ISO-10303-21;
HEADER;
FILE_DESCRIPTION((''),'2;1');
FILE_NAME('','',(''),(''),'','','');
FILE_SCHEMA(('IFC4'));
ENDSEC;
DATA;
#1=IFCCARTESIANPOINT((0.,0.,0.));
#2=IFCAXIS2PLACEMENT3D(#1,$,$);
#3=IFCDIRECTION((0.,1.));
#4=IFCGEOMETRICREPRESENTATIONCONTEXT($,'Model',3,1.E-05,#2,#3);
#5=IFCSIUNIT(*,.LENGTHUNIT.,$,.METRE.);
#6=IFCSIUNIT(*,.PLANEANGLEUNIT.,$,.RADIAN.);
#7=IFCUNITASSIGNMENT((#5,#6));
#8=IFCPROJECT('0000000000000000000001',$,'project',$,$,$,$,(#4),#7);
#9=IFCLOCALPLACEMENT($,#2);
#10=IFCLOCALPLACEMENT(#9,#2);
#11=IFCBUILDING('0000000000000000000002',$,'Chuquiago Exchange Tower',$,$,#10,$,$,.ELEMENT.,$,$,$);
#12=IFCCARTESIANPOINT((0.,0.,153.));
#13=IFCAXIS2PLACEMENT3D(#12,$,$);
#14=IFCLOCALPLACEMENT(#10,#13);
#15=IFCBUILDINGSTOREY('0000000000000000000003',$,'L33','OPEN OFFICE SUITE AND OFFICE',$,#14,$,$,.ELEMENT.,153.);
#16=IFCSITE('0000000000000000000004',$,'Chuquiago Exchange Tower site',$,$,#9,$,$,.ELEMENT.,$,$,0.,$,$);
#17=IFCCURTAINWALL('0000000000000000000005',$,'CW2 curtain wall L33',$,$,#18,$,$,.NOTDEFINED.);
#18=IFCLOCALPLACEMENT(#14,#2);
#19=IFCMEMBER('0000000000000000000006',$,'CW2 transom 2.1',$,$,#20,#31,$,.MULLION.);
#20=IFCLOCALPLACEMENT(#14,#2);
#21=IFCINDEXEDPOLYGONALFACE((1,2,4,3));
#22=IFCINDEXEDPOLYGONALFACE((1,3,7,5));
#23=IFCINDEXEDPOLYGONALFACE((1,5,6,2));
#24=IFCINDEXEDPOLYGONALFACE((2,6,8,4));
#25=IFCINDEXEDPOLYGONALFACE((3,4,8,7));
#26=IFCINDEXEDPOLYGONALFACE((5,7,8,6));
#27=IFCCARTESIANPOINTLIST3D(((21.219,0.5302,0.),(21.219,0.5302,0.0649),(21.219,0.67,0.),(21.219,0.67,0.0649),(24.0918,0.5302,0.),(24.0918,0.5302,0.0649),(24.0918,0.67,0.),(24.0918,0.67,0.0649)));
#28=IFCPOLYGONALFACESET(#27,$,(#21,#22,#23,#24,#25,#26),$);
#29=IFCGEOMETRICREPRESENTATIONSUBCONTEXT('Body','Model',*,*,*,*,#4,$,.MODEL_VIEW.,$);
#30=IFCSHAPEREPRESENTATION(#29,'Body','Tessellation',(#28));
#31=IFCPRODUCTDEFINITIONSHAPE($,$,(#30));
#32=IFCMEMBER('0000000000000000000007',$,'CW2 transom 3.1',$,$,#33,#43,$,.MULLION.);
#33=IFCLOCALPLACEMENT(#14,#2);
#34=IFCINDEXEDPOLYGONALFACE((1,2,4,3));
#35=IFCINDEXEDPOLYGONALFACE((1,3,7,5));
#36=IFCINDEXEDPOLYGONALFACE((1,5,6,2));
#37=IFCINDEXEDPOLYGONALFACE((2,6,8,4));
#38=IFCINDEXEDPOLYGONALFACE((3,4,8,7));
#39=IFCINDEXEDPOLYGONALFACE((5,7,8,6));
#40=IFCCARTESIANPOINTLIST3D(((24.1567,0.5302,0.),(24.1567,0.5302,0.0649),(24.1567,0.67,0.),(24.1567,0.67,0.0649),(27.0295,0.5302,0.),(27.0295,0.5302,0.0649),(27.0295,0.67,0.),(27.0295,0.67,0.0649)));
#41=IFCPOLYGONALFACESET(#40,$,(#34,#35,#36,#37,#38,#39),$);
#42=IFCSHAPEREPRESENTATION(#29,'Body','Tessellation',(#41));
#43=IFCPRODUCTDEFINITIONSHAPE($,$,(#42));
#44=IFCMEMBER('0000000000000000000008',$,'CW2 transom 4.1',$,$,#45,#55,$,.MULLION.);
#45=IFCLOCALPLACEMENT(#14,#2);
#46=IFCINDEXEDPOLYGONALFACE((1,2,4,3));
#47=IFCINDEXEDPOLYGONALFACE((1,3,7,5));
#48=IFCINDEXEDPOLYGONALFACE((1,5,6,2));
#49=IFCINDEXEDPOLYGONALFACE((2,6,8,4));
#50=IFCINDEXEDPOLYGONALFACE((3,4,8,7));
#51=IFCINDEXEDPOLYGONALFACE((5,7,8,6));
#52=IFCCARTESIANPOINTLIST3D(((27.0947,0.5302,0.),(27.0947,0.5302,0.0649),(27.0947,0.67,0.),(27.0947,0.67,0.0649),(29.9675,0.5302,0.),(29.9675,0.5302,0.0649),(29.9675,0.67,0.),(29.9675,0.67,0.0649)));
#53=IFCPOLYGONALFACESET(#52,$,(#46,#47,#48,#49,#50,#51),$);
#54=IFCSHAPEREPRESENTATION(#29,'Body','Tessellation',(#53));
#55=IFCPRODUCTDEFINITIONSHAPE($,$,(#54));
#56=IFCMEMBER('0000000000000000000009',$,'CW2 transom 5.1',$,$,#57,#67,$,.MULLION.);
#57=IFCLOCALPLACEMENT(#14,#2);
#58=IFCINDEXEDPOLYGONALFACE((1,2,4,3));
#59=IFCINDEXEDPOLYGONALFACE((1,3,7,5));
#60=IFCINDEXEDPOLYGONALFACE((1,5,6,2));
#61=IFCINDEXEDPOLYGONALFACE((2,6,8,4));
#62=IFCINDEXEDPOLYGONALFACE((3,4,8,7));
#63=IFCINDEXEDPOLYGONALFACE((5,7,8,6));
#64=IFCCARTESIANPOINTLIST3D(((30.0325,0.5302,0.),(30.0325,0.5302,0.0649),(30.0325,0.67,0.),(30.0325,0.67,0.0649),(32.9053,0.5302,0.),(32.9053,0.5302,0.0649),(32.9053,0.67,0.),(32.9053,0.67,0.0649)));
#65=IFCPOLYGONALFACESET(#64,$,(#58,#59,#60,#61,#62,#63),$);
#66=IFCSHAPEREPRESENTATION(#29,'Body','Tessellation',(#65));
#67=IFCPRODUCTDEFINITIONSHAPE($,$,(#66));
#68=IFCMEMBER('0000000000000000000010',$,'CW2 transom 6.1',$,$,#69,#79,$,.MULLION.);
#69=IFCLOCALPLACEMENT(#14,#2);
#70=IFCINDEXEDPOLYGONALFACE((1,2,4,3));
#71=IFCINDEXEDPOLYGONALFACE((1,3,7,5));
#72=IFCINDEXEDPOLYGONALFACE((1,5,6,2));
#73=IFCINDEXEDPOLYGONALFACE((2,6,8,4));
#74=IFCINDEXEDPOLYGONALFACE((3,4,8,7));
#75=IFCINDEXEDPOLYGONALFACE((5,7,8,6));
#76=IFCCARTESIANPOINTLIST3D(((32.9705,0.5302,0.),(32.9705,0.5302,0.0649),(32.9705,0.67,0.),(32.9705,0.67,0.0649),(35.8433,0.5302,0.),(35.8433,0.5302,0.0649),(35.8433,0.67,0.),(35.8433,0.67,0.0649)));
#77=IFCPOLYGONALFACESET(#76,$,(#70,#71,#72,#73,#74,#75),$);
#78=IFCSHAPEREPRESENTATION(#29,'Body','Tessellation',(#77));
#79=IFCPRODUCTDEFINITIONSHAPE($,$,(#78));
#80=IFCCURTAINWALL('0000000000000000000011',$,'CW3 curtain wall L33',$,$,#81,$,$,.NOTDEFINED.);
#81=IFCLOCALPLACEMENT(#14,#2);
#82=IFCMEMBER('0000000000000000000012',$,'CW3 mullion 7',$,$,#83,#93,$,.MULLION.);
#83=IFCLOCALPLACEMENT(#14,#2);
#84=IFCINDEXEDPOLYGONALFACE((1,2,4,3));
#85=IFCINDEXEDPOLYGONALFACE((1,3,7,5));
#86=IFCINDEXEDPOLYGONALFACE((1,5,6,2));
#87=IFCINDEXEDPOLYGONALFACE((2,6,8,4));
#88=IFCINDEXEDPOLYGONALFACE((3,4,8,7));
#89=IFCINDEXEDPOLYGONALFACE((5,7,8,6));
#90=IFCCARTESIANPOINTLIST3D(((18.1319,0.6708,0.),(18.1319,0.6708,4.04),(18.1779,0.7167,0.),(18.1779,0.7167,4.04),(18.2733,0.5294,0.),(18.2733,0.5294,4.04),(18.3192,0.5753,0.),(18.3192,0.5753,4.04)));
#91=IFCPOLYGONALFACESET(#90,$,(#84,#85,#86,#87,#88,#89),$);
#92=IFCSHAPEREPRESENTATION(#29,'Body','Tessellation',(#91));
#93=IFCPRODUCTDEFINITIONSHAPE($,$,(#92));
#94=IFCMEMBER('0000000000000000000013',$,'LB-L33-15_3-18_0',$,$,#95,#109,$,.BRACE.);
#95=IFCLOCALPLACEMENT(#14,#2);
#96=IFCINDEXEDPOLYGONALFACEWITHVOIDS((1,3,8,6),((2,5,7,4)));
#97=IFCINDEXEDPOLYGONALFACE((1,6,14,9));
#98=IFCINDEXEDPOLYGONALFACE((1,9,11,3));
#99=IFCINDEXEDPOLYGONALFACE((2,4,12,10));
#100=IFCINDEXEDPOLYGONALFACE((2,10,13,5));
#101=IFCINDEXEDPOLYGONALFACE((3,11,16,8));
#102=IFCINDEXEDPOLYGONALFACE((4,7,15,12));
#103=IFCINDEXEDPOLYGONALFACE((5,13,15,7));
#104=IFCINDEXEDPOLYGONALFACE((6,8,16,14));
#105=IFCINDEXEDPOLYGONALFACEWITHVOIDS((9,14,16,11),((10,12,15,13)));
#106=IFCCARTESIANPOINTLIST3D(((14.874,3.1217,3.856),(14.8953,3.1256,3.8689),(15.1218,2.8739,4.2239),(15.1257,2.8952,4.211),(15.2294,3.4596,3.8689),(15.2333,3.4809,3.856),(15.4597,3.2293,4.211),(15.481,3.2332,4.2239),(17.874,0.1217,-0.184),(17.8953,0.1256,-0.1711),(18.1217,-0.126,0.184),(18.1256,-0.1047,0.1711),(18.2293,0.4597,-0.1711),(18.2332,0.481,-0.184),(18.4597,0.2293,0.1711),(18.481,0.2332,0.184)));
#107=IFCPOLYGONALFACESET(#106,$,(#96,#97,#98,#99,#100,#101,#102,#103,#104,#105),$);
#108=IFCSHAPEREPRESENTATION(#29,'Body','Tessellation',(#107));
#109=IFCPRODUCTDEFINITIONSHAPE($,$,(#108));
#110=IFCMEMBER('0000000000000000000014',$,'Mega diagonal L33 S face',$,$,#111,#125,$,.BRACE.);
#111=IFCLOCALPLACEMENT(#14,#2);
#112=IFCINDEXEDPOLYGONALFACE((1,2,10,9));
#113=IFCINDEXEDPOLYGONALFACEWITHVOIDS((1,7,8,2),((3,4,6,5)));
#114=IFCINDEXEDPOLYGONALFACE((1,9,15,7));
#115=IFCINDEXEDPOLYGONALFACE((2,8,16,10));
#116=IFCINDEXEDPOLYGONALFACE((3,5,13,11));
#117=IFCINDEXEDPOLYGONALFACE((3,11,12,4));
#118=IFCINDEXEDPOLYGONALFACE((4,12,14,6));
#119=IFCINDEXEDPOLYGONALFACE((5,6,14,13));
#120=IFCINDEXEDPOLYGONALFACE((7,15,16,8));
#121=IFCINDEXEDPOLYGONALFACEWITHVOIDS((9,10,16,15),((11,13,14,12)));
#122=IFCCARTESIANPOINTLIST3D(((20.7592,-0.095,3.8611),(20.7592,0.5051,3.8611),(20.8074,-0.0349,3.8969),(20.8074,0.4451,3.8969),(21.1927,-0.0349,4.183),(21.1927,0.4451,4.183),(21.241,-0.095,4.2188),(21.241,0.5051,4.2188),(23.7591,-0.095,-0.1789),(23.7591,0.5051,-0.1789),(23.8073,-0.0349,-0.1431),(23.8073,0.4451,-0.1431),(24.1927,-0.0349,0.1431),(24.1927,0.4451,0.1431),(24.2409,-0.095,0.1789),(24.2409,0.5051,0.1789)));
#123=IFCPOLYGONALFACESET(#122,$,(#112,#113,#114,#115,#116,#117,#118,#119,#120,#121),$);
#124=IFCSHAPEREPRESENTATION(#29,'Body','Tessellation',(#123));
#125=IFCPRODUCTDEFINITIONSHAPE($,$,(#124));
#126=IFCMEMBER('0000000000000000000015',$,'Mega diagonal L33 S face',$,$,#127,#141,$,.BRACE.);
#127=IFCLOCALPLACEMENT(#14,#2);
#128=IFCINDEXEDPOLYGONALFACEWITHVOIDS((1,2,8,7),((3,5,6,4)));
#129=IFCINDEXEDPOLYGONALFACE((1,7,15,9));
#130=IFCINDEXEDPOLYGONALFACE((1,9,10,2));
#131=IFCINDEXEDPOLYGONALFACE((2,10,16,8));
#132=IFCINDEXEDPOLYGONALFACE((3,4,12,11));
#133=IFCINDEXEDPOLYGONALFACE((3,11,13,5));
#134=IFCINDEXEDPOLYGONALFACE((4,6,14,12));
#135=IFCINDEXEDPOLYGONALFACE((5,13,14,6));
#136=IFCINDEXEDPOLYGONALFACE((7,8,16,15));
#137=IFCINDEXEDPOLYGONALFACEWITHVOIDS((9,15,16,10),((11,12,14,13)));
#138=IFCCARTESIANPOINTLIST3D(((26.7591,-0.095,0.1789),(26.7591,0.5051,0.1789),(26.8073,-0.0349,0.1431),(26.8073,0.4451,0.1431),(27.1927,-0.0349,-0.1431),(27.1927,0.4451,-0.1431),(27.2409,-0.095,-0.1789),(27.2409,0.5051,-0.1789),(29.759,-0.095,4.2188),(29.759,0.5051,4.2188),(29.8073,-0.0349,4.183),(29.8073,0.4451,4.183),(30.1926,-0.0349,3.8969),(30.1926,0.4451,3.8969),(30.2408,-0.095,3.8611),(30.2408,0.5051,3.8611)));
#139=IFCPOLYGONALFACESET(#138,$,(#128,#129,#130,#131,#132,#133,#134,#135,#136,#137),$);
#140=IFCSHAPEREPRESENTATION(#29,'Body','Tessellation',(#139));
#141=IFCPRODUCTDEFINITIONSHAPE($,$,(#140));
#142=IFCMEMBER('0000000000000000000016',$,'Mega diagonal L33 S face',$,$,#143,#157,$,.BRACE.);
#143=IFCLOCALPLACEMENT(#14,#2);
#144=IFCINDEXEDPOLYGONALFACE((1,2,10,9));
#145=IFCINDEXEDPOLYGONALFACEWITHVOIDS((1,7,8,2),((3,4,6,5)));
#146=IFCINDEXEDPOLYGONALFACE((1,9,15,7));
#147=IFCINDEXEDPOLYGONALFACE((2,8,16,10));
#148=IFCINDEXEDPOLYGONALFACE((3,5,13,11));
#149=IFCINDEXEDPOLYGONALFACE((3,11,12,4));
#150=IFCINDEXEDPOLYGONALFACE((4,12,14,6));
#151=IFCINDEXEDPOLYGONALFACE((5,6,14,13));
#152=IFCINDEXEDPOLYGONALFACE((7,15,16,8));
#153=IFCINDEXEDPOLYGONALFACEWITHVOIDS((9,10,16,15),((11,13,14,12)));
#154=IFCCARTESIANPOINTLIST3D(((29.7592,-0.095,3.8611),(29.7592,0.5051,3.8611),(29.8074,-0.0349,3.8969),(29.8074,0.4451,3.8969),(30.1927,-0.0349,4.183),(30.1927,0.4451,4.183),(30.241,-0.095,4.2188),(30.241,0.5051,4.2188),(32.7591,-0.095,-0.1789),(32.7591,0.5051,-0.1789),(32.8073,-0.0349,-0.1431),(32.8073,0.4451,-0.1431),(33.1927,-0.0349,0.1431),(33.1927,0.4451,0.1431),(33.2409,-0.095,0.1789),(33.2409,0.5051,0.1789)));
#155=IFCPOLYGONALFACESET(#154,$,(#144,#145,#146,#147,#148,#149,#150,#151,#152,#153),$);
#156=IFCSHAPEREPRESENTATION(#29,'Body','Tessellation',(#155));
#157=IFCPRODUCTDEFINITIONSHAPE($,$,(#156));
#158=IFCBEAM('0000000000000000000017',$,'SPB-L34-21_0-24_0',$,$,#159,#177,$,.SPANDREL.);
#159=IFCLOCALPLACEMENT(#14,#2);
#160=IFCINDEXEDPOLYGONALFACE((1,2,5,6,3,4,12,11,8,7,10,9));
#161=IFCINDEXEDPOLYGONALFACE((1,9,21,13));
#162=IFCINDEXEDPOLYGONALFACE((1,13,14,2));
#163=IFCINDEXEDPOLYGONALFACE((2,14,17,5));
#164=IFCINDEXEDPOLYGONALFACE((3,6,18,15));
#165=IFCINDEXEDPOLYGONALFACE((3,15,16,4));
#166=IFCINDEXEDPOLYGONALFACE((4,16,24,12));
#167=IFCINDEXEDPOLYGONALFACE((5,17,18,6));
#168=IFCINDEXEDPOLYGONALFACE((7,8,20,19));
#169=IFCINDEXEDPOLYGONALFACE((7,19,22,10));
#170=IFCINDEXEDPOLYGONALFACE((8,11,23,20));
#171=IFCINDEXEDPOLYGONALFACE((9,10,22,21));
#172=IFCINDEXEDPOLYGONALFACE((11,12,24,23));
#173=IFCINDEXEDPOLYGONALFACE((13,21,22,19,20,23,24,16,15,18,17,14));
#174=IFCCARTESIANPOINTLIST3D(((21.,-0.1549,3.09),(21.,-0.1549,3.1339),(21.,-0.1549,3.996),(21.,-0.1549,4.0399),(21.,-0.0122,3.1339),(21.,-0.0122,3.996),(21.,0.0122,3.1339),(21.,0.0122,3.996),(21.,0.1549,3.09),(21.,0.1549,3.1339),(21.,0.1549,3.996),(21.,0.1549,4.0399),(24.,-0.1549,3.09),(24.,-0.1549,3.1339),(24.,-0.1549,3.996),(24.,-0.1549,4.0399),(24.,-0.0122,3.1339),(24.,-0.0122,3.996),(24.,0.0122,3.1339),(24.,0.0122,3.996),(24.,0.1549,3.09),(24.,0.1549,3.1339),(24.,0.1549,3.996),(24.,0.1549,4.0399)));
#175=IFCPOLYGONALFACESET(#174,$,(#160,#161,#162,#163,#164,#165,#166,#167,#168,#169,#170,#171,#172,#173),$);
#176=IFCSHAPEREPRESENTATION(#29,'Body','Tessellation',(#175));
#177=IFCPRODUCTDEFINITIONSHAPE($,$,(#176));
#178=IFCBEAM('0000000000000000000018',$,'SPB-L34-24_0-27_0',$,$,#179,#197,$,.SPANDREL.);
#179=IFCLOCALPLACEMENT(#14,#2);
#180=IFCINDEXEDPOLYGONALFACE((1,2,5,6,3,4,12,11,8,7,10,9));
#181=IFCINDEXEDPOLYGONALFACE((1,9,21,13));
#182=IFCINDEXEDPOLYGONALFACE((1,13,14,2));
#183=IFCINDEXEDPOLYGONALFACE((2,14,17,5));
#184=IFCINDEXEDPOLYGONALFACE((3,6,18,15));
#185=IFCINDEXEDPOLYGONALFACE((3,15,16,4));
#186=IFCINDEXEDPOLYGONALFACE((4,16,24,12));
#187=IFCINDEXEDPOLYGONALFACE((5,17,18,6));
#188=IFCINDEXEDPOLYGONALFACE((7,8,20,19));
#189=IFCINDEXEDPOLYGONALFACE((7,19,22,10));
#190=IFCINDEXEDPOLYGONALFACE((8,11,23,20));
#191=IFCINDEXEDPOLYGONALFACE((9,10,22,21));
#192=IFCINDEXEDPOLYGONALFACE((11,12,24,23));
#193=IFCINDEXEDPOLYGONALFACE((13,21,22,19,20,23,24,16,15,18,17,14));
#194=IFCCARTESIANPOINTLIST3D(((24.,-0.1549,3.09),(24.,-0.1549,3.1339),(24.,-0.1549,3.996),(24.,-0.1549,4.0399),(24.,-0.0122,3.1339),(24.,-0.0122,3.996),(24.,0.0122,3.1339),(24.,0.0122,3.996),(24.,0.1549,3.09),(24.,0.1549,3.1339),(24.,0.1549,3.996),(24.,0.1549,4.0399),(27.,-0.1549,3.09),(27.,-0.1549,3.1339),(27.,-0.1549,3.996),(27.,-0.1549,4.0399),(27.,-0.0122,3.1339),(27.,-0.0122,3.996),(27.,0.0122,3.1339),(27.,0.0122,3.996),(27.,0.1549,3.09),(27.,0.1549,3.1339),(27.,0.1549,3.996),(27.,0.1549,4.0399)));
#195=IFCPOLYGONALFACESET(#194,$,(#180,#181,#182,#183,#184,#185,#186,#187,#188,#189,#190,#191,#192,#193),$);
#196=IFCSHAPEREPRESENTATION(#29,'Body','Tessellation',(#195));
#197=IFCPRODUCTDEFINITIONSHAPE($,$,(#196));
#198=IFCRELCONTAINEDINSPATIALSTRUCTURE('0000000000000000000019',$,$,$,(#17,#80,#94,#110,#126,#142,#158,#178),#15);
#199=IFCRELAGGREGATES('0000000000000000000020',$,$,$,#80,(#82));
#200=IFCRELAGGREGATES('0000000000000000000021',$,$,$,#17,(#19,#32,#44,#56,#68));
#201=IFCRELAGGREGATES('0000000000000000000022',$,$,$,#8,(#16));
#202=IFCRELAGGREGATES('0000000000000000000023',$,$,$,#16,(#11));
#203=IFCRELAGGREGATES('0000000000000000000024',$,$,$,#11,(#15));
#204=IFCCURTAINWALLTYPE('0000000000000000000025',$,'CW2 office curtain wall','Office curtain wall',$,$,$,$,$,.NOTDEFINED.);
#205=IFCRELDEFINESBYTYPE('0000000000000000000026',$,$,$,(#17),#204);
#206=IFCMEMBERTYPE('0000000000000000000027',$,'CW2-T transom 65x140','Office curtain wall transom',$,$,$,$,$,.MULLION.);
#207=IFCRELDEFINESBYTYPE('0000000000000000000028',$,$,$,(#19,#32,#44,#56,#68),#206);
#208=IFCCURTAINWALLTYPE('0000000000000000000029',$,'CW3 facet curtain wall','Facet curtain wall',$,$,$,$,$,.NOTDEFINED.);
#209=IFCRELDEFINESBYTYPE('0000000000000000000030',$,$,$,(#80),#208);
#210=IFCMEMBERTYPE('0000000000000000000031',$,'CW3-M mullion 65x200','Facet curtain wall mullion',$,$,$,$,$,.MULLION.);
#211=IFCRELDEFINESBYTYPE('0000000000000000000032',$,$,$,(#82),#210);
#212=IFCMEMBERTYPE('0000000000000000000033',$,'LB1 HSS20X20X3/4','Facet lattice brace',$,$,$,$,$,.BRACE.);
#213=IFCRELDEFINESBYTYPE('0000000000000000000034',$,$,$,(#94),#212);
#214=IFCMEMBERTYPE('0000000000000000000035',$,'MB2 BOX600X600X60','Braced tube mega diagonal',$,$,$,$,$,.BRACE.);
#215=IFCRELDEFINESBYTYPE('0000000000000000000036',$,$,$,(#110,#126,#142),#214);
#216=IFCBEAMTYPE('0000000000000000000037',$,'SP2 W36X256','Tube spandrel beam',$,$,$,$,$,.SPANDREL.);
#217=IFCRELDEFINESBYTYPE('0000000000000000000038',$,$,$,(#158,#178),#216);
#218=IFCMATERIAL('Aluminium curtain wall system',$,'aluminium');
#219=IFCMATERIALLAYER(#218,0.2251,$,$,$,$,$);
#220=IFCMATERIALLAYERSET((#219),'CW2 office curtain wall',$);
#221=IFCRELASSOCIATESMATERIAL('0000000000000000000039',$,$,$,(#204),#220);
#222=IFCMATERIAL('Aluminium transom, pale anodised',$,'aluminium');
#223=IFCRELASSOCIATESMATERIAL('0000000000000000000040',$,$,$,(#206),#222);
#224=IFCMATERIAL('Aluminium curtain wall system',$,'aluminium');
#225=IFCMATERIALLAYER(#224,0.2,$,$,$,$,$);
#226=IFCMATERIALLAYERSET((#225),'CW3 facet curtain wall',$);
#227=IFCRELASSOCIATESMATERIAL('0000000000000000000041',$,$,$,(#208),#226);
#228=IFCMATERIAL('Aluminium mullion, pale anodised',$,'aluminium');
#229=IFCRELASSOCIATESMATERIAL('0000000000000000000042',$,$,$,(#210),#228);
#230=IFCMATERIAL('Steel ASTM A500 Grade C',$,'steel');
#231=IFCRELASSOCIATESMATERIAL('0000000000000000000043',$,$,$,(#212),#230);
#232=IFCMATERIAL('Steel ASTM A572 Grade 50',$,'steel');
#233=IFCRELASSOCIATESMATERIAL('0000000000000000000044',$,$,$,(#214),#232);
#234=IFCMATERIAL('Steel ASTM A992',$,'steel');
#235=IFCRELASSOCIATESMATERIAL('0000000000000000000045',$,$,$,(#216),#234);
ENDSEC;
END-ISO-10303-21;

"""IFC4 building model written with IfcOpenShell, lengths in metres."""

from ifc_helpers import new_model, si_unit, direction, frame, origin, origin_2d, place, context, subcontext, project, spatial, rectangle, hollow_rectangle, i_section, extrude, material, layer, layer_set, material_profile, profile_set, type_object, element, aggregate, save


model = new_model("IFC4")

# Units and contexts
model_context = context("Model", 3, precision=1e-05, world=origin(), true_north=direction((0.0, 1.0)))
body_context = subcontext(model_context, "Body", "Model", "MODEL_VIEW")
ifc_project = project(units=[si_unit("LENGTHUNIT", "METRE"), si_unit("PLANEANGLEUNIT", "RADIAN")], contexts=[model_context])

# Site, building, storey
site_placement = place(None, origin())
site = spatial("IfcSite", under=ifc_project, at=site_placement, Name="Chuquiago Exchange Tower site", CompositionType="ELEMENT", RefElevation=0.0)
building_placement = place(site_placement, origin())
building = spatial("IfcBuilding", under=site, at=building_placement, Name="Chuquiago Exchange Tower", CompositionType="ELEMENT")
storey_placement = place(building_placement, frame((0.0, 0.0, 153.0)))
storey = spatial("IfcBuildingStorey", under=building, at=storey_placement, Name="L33", Description="OPEN OFFICE SUITE AND OFFICE", CompositionType="ELEMENT", Elevation=153.0)

# Curtain wall, members
ifc_material_1 = material(Name="Aluminium curtain wall system", Category="aluminium")
ifc_layer_1 = layer(ifc_material_1, 0.2251)
ifc_layer_set_1 = layer_set([ifc_layer_1], Name="CW2 office curtain wall")
curtain_wall_type_1 = type_object("IfcCurtainWallType", Name="CW2 office curtain wall", Description="Office curtain wall", PredefinedType="NOTDEFINED", material=ifc_layer_set_1)
curtain_wall_1_placement = place(storey_placement, origin())
curtain_wall_1 = element("IfcCurtainWall", 1, at=curtain_wall_1_placement, inside=storey, type_object=curtain_wall_type_1, Name="CW2 curtain wall L33", PredefinedType="NOTDEFINED")
ifc_material_2 = material(Name="Aluminium transom, pale anodised", Category="aluminium")
ifc_material_profile_1 = material_profile(ifc_material_2, rectangle(XDim=0.1399, YDim=0.0649, at=origin_2d()), Name="AL 140x65")
ifc_profile_set_1 = profile_set([ifc_material_profile_1], Name="Aluminium transom, pale anodised")
member_type_1 = type_object("IfcMemberType", Name="CW2-T transom 65x140", Description="Office curtain wall transom", PredefinedType="MULLION", material=ifc_profile_set_1)
member_1_placement = place(storey_placement, frame((21.219, 0.6001, 0.0325), z_axis=(1.0, 0.0, 0.0), x_axis=(0.0, 1.0, 0.0)))
member_1 = element("IfcMember", 2, at=member_1_placement, type_object=member_type_1, Name="CW2 transom 2.1", PredefinedType="MULLION", context=body_context, shape_type="SweptSolid", body=[
    extrude(rectangle(XDim=0.1399, YDim=0.0649, at=origin_2d()), origin(), (0.0, 0.0, 1.0), 2.8728),
])
member_2_placement = place(storey_placement, frame((24.1567, 0.6001, 0.0325), z_axis=(1.0, 0.0, 0.0), x_axis=(0.0, 1.0, 0.0)))
member_2 = element("IfcMember", 3, at=member_2_placement, type_object=member_type_1, Name="CW2 transom 3.1", PredefinedType="MULLION", context=body_context, shape_type="SweptSolid", body=[
    extrude(rectangle(XDim=0.1399, YDim=0.0649, at=origin_2d()), origin(), (0.0, 0.0, 1.0), 2.8728),
])
member_3_placement = place(storey_placement, frame((27.0947, 0.6001, 0.0325), z_axis=(1.0, 0.0, 0.0), x_axis=(0.0, 1.0, 0.0)))
member_3 = element("IfcMember", 4, at=member_3_placement, type_object=member_type_1, Name="CW2 transom 4.1", PredefinedType="MULLION", context=body_context, shape_type="SweptSolid", body=[
    extrude(rectangle(XDim=0.1399, YDim=0.0649, at=origin_2d()), origin(), (0.0, 0.0, 1.0), 2.8728),
])
member_4_placement = place(storey_placement, frame((30.0325, 0.6001, 0.0325), z_axis=(1.0, 0.0, 0.0), x_axis=(0.0, 1.0, 0.0)))
member_4 = element("IfcMember", 5, at=member_4_placement, type_object=member_type_1, Name="CW2 transom 5.1", PredefinedType="MULLION", context=body_context, shape_type="SweptSolid", body=[
    extrude(rectangle(XDim=0.1399, YDim=0.0649, at=origin_2d()), origin(), (0.0, 0.0, 1.0), 2.8728),
])
member_5_placement = place(storey_placement, frame((32.9705, 0.6001, 0.0325), z_axis=(1.0, 0.0, 0.0), x_axis=(0.0, 1.0, 0.0)))
member_5 = element("IfcMember", 6, at=member_5_placement, type_object=member_type_1, Name="CW2 transom 6.1", PredefinedType="MULLION", context=body_context, shape_type="SweptSolid", body=[
    extrude(rectangle(XDim=0.1399, YDim=0.0649, at=origin_2d()), origin(), (0.0, 0.0, 1.0), 2.8728),
])

# Curtain wall, member
ifc_material_3 = material(Name="Aluminium curtain wall system", Category="aluminium")
ifc_layer_2 = layer(ifc_material_3, 0.2)
ifc_layer_set_2 = layer_set([ifc_layer_2], Name="CW3 facet curtain wall")
curtain_wall_type_2 = type_object("IfcCurtainWallType", Name="CW3 facet curtain wall", Description="Facet curtain wall", PredefinedType="NOTDEFINED", material=ifc_layer_set_2)
curtain_wall_2_placement = place(storey_placement, origin())
curtain_wall_2 = element("IfcCurtainWall", 7, at=curtain_wall_2_placement, inside=storey, type_object=curtain_wall_type_2, Name="CW3 curtain wall L33", PredefinedType="NOTDEFINED")
ifc_material_4 = material(Name="Aluminium mullion, pale anodised", Category="aluminium")
ifc_material_profile_2 = material_profile(ifc_material_4, rectangle(XDim=0.0649, YDim=0.2, at=origin_2d()), Name="AL 65x200")
ifc_profile_set_2 = profile_set([ifc_material_profile_2], Name="Aluminium mullion, pale anodised")
member_type_2 = type_object("IfcMemberType", Name="CW3-M mullion 65x200", Description="Facet curtain wall mullion", PredefinedType="MULLION", material=ifc_profile_set_2)
member_6_placement = place(storey_placement, frame((18.2256, 0.623, 0.0), z_axis=(0.0, 0.0, 1.0), x_axis=(0.707107, 0.707107, 0.0)))
member_6 = element("IfcMember", 8, at=member_6_placement, type_object=member_type_2, Name="CW3 mullion 7", PredefinedType="MULLION", context=body_context, shape_type="SweptSolid", body=[
    extrude(rectangle(XDim=0.0649, YDim=0.2, at=origin_2d()), origin(), (0.0, 0.0, 1.0), 4.04),
])
aggregate(curtain_wall_2, [member_6])

# Members
ifc_material_5 = material(Name="Steel ASTM A500 Grade C", Category="steel")
ifc_material_profile_3 = material_profile(ifc_material_5, hollow_rectangle(XDim=0.5081, YDim=0.5081, WallThickness=0.0178, at=origin_2d()), Name="HSS20X20X3/4")
ifc_profile_set_3 = profile_set([ifc_material_profile_3], Name="Steel ASTM A500 Grade C")
member_type_3 = type_object("IfcMemberType", Name="LB1 HSS20X20X3/4", Description="Facet lattice brace", PredefinedType="BRACE", material=ifc_profile_set_3)
member_7_placement = place(storey_placement, frame((18.1775, 0.1775, 0.0), z_axis=(-0.512077, 0.512077, 0.689604), x_axis=(-0.707107, -0.707107, 0.0)))
element("IfcMember", 9, at=member_7_placement, inside=storey, type_object=member_type_3, Name="LB-L33-15_3-18_0", PredefinedType="BRACE", context=body_context, shape_type="SweptSolid", body=[
    extrude(hollow_rectangle(XDim=0.5081, YDim=0.5081, WallThickness=0.0178, at=origin_2d()), origin(), (0.0, 0.0, 1.0), 5.8584),
])
ifc_material_6 = material(Name="Steel ASTM A572 Grade 50", Category="steel")
ifc_material_profile_4 = material_profile(ifc_material_6, hollow_rectangle(XDim=0.6001, YDim=0.6001, WallThickness=0.0601, at=origin_2d()), Name="BOX600X600X60")
ifc_profile_set_4 = profile_set([ifc_material_profile_4], Name="Steel ASTM A572 Grade 50")
member_type_4 = type_object("IfcMemberType", Name="MB2 BOX600X600X60", Description="Braced tube mega diagonal", PredefinedType="BRACE", material=ifc_profile_set_4)
for number, where, z_axis, x_axis, name in (
    (10, (24.0, 0.2051, 0.0), (-0.596174, 0.0, 0.802855), (0.0, -1.0, 0.0), "Mega diagonal L33 S face"),
    (11, (27.0, 0.2051, 0.0), (0.596174, 0.0, 0.802855), (0.0, 1.0, 0.0), "Mega diagonal L33 S face"),
    (12, (33.0, 0.2051, 0.0), (-0.596174, 0.0, 0.802855), (0.0, -1.0, 0.0), "Mega diagonal L33 S face"),
):
    element("IfcMember", number, at=place(storey_placement, frame(where, z_axis=z_axis, x_axis=x_axis)), inside=storey, type_object=member_type_4, Name=name, PredefinedType="BRACE", context=body_context, shape_type="SweptSolid", body=[
        extrude(hollow_rectangle(XDim=0.6001, YDim=0.6001, WallThickness=0.0601, at=origin_2d()), origin(), (0.0, 0.0, 1.0), 5.032),
    ])

# Beams
ifc_material_7 = material(Name="Steel ASTM A992", Category="steel")
ifc_material_profile_5 = material_profile(ifc_material_7, i_section(OverallWidth=0.3098, OverallDepth=0.95, WebThickness=0.0244, FlangeThickness=0.0439, at=origin_2d()), Name="W36X256")
ifc_profile_set_5 = profile_set([ifc_material_profile_5], Name="Steel ASTM A992")
beam_type = type_object("IfcBeamType", Name="SP2 W36X256", Description="Tube spandrel beam", PredefinedType="SPANDREL", material=ifc_profile_set_5)
for number, where, z_axis, x_axis, name in (
    (13, (21.0, 0.0, 3.5649), (1.0, 0.0, 0.0), (0.0, 1.0, 0.0), "SPB-L34-21_0-24_0"),
    (14, (24.0, 0.0, 3.5649), (1.0, 0.0, 0.0), (0.0, 1.0, 0.0), "SPB-L34-24_0-27_0"),
):
    element("IfcBeam", number, at=place(storey_placement, frame(where, z_axis=z_axis, x_axis=x_axis)), inside=storey, type_object=beam_type, Name=name, PredefinedType="SPANDREL", context=body_context, shape_type="SweptSolid", body=[
        extrude(i_section(OverallWidth=0.3098, OverallDepth=0.95, WebThickness=0.0244, FlangeThickness=0.0439, at=origin_2d()), origin(), (0.0, 0.0, 1.0), 3.0),
    ])

aggregate(curtain_wall_1, [member_1, member_2, member_3, member_4, member_5])

save(model, "model.ifc")
